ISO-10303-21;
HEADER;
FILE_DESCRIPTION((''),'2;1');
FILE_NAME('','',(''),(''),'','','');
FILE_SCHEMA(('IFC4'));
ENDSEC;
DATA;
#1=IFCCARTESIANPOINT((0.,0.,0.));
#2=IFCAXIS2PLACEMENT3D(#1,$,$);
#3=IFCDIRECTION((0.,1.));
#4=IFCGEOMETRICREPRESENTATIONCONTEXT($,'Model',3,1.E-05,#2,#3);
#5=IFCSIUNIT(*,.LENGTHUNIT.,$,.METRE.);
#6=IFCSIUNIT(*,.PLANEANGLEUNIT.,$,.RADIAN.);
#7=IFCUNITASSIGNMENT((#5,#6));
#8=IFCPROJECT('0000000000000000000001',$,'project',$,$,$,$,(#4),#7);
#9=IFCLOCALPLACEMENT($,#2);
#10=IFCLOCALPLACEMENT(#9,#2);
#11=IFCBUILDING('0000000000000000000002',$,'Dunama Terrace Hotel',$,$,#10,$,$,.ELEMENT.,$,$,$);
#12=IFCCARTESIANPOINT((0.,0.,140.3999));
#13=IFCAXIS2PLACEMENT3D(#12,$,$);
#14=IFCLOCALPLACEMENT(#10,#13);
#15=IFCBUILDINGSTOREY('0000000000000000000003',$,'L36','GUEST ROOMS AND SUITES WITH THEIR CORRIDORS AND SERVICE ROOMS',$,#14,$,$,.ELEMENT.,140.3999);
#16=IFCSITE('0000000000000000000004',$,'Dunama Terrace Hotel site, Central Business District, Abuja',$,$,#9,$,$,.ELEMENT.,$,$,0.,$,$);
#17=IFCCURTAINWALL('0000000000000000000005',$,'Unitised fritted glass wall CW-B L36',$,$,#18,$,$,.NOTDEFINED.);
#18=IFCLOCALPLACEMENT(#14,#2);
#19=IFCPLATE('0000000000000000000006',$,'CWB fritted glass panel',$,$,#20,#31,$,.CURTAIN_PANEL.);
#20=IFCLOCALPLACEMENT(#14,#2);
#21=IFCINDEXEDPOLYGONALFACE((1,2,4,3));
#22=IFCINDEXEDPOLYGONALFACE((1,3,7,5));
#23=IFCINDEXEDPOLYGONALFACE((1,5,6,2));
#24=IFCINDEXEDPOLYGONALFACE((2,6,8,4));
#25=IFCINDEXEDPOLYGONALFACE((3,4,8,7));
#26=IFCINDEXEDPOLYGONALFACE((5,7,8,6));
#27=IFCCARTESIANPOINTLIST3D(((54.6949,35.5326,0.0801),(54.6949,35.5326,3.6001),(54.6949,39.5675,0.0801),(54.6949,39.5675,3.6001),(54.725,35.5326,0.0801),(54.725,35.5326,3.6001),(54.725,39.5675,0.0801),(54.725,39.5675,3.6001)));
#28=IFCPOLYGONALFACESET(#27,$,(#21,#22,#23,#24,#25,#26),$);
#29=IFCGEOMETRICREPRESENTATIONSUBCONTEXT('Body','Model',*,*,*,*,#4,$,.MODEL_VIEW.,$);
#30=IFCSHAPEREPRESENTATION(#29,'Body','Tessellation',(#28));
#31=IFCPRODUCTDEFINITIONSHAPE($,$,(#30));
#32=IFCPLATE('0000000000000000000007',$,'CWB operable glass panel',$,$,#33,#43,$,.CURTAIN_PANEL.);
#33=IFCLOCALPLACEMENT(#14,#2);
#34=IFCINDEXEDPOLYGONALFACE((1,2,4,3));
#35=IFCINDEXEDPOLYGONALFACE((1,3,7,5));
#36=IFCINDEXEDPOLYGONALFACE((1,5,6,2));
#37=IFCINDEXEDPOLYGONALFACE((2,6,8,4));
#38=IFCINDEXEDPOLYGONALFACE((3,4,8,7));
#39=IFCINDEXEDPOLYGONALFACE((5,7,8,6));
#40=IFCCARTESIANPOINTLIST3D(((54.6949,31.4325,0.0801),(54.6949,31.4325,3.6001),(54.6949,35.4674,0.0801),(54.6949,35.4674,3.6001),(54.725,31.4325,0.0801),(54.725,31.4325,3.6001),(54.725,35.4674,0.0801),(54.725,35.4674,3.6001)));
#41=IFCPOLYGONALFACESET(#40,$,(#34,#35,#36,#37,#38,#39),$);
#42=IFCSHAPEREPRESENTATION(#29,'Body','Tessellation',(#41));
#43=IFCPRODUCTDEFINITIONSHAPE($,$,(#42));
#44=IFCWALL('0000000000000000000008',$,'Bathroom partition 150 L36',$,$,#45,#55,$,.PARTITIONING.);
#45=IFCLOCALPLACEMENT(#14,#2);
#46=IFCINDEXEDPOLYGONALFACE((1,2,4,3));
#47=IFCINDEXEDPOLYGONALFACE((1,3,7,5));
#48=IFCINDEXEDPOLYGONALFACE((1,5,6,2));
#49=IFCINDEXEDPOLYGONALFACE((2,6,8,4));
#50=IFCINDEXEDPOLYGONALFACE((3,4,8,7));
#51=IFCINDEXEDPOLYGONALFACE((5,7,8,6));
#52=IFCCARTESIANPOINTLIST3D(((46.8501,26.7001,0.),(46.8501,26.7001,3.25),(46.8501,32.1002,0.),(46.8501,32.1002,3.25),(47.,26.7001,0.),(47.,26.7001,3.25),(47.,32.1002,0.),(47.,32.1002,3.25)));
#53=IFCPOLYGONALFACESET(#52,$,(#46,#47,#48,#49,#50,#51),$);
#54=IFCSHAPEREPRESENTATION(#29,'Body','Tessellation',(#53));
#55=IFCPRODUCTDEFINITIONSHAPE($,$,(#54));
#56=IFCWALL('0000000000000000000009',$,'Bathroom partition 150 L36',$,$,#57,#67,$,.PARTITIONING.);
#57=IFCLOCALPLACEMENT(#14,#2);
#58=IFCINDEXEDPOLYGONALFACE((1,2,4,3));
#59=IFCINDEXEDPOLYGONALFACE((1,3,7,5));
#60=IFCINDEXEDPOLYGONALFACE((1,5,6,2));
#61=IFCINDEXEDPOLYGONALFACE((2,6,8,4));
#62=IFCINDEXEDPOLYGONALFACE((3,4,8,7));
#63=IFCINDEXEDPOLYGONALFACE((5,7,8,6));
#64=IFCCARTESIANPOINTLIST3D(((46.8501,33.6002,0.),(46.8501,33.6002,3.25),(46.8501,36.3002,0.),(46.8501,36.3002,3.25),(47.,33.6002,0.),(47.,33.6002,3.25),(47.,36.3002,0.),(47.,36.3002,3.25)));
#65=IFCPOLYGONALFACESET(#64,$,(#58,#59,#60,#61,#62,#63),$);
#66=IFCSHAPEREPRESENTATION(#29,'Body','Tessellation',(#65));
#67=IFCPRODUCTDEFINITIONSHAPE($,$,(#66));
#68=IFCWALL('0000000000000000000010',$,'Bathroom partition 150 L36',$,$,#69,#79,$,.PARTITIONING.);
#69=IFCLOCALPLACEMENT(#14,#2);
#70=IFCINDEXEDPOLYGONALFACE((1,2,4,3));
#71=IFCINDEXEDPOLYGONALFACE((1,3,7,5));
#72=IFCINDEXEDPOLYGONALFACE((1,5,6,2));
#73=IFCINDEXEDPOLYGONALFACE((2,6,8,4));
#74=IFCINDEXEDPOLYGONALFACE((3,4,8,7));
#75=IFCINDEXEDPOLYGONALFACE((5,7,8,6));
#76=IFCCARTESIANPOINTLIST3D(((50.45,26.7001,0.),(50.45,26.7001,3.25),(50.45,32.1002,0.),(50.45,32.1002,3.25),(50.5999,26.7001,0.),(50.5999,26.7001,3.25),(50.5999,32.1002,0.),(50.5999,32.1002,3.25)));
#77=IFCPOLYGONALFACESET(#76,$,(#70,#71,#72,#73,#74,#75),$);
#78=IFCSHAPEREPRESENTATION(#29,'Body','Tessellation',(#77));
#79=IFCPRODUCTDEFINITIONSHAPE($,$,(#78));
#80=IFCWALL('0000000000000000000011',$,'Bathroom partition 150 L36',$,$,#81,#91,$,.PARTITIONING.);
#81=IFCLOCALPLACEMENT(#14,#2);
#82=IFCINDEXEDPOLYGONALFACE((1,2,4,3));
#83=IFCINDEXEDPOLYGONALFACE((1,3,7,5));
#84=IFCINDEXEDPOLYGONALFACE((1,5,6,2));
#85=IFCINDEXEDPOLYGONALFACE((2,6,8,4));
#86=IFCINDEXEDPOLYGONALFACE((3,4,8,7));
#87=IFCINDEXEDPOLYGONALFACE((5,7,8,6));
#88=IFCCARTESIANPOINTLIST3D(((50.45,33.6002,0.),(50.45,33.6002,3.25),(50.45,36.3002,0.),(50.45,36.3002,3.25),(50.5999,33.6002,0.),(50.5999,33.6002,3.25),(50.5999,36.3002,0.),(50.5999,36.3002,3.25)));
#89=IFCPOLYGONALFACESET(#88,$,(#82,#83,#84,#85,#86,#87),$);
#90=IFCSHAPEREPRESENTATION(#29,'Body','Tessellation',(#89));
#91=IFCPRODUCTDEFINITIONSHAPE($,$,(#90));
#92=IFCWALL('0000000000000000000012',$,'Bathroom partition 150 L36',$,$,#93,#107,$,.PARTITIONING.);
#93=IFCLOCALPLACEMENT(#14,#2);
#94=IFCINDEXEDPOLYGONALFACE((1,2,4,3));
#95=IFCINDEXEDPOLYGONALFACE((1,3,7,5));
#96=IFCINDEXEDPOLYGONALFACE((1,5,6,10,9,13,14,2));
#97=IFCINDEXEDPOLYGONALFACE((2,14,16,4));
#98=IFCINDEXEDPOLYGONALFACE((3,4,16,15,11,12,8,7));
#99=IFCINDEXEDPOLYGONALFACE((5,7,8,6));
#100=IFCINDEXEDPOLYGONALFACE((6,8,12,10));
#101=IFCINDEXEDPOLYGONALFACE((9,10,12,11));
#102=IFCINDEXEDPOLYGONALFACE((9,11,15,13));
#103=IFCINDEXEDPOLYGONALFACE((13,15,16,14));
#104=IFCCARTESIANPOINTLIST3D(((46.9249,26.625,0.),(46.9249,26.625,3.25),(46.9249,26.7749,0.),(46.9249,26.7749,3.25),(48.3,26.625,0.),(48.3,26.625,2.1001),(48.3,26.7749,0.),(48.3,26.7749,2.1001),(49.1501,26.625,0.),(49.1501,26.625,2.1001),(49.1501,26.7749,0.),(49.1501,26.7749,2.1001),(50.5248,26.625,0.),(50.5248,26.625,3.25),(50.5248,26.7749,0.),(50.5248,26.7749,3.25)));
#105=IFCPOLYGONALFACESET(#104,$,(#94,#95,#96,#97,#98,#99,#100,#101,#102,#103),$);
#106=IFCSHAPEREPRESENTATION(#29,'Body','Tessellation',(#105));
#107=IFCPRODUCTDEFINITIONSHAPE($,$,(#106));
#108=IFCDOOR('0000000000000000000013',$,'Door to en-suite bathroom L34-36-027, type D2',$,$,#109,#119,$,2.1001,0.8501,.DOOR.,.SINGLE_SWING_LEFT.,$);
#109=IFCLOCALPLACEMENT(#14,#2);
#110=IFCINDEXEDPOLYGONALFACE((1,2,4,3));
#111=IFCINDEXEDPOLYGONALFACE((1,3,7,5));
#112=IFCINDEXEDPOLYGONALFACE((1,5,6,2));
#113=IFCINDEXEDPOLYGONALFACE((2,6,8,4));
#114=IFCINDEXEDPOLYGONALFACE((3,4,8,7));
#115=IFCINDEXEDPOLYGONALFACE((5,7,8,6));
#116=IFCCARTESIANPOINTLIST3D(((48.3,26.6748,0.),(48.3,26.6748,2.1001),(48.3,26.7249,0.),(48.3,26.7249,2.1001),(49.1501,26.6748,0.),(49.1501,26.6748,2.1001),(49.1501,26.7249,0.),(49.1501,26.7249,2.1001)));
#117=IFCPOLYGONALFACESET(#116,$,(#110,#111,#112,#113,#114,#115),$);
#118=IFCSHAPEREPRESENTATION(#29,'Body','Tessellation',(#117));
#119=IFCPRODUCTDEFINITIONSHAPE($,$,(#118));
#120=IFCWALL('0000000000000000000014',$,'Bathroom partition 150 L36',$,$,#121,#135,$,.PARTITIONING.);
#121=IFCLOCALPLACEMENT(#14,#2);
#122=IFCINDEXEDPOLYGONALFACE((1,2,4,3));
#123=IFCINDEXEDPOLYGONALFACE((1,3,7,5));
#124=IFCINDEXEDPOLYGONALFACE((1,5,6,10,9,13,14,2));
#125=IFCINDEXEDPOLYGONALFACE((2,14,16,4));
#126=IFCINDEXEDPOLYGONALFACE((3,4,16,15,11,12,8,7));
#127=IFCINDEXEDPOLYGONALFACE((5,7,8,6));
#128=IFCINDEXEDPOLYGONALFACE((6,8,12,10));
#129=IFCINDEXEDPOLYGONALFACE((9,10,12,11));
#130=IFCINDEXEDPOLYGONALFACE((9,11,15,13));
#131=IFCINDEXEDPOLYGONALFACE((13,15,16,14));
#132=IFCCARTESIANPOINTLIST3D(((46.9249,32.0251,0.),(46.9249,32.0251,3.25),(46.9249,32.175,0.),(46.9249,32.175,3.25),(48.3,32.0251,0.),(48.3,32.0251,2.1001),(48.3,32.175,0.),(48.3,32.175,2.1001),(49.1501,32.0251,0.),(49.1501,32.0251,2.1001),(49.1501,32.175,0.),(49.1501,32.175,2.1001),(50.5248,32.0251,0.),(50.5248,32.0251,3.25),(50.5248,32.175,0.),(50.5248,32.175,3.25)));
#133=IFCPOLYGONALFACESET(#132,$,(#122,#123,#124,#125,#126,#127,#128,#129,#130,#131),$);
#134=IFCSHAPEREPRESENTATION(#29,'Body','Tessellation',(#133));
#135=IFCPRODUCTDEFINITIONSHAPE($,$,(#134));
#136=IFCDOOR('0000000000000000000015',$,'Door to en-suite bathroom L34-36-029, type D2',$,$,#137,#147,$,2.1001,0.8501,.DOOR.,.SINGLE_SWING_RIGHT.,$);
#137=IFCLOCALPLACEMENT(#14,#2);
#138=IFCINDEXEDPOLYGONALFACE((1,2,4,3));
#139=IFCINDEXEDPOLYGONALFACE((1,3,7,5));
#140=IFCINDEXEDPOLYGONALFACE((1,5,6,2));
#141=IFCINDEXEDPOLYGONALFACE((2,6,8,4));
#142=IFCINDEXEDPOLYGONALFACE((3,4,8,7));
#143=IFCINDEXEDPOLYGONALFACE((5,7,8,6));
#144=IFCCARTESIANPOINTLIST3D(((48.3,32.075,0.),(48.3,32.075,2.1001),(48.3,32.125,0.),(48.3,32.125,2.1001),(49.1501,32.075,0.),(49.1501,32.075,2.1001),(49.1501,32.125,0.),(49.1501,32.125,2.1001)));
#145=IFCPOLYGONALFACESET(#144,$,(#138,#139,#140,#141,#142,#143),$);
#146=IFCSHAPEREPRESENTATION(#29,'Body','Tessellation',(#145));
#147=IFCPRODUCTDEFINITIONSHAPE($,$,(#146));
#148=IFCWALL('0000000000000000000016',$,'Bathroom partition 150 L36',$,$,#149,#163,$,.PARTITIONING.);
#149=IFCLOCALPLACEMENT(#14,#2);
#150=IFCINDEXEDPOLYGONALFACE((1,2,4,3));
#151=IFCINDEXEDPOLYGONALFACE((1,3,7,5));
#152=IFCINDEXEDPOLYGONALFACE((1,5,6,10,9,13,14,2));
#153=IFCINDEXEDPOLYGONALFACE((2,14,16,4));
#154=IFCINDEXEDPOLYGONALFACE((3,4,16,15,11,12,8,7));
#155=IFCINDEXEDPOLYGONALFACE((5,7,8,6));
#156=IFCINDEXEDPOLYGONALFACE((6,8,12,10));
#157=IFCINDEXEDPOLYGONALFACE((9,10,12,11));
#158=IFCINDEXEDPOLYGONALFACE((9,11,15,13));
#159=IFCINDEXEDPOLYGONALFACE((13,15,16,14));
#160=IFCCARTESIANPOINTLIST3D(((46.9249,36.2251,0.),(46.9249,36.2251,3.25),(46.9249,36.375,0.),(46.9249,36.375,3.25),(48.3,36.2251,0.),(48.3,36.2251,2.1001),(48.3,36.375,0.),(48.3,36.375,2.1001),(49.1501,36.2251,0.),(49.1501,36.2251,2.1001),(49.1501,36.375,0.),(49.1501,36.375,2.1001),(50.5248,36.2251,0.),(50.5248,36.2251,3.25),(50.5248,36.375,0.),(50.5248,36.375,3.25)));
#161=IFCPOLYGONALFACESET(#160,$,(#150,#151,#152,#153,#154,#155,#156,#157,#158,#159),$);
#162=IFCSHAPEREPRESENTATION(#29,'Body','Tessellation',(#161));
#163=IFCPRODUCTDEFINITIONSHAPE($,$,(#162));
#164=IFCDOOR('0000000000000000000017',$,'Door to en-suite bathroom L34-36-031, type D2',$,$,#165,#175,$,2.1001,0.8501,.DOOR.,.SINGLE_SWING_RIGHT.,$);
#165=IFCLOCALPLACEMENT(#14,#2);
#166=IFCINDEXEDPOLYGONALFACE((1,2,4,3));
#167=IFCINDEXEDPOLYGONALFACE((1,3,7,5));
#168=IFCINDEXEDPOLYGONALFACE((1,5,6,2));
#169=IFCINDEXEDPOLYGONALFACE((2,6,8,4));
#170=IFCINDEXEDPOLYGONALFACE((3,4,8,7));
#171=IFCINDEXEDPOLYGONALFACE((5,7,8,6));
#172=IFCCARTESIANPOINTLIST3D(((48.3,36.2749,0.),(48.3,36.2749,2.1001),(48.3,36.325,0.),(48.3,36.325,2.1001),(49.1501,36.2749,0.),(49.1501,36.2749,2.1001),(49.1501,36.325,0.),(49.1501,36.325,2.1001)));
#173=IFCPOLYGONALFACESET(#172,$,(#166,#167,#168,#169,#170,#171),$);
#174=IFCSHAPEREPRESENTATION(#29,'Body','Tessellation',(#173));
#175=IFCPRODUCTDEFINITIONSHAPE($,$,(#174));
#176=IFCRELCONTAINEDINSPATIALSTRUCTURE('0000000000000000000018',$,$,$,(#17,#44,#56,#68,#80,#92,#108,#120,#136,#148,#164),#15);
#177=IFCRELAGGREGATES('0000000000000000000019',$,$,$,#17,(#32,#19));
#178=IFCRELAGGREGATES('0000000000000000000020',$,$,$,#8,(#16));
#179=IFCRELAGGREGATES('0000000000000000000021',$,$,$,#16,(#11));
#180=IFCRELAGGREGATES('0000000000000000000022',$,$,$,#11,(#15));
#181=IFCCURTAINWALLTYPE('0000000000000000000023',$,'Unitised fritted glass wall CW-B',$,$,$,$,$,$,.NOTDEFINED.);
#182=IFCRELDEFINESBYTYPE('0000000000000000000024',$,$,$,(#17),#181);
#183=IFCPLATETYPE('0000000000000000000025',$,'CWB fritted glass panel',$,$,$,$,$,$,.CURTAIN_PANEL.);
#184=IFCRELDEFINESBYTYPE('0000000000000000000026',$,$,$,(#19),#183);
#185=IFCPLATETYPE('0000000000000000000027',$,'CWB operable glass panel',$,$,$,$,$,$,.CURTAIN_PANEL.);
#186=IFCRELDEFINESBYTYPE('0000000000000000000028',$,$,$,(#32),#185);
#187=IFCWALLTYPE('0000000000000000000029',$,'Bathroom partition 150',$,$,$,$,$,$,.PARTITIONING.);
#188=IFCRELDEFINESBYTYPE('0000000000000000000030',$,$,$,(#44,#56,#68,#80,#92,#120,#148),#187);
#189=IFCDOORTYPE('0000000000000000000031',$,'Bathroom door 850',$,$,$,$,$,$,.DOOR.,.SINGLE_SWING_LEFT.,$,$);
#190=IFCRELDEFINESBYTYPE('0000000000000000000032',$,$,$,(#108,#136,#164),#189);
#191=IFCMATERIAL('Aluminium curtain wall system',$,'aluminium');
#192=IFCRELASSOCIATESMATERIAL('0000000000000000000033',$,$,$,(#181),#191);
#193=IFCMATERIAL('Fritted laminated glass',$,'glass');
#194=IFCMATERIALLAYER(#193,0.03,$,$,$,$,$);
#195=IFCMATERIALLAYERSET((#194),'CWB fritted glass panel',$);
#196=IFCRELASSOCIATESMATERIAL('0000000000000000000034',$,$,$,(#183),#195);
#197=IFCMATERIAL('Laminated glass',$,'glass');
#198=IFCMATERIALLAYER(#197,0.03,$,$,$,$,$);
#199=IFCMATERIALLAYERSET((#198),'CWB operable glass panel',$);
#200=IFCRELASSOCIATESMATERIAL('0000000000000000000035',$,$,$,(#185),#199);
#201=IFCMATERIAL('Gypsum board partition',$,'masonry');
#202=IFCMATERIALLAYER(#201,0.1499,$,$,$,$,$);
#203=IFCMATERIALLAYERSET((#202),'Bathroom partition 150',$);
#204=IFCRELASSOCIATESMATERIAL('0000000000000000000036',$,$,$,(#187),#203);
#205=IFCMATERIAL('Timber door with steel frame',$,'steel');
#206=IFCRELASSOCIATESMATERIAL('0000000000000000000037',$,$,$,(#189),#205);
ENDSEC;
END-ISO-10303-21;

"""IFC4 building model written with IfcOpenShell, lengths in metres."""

from ifc_helpers import new_model, si_unit, direction, frame, frame_2d, origin, origin_2d, place, context, subcontext, project, spatial, rectangle, extrude, material, layer, layer_set, type_object, element, fill, aggregate, save


model = new_model("IFC4")

# Units and contexts
model_context = context("Model", 3, precision=1e-05, world=origin(), true_north=direction((0.0, 1.0)))
body_context = subcontext(model_context, "Body", "Model", "MODEL_VIEW")
ifc_project = project(units=[si_unit("LENGTHUNIT", "METRE"), si_unit("PLANEANGLEUNIT", "RADIAN")], contexts=[model_context])

# Site, building, storey
site_placement = place(None, origin())
site = spatial("IfcSite", under=ifc_project, at=site_placement, Name="Dunama Terrace Hotel site, Central Business District, Abuja", CompositionType="ELEMENT", RefElevation=0.0)
building_placement = place(site_placement, origin())
building = spatial("IfcBuilding", under=site, at=building_placement, Name="Dunama Terrace Hotel", CompositionType="ELEMENT")
storey_placement = place(building_placement, frame((0.0, 0.0, 140.3999)))
storey = spatial("IfcBuildingStorey", under=building, at=storey_placement, Name="L36", Description="GUEST ROOMS AND SUITES WITH THEIR CORRIDORS AND SERVICE ROOMS", CompositionType="ELEMENT", Elevation=140.3999)

# Curtain wall
ifc_material_1 = material(Name="Aluminium curtain wall system", Category="aluminium")
curtain_wall_type = type_object("IfcCurtainWallType", Name="Unitised fritted glass wall CW-B", PredefinedType="NOTDEFINED", material=ifc_material_1)
curtain_wall_placement = place(storey_placement, origin())
curtain_wall = element("IfcCurtainWall", 1, at=curtain_wall_placement, inside=storey, type_object=curtain_wall_type, Name="Unitised fritted glass wall CW-B L36", PredefinedType="NOTDEFINED")

# Plates
ifc_material_2 = material(Name="Fritted laminated glass", Category="glass")
ifc_layer_1 = layer(ifc_material_2, 0.03)
ifc_layer_set_1 = layer_set([ifc_layer_1], Name="CWB fritted glass panel")
plate_type_1 = type_object("IfcPlateType", Name="CWB fritted glass panel", PredefinedType="CURTAIN_PANEL", material=ifc_layer_set_1)
plate_1_placement = place(storey_placement, frame((54.71, 37.55, 0.0801), z_axis=(0.0, 0.0, 1.0), x_axis=(0.0, 1.0, 0.0)))
plate_1 = element("IfcPlate", 2, at=plate_1_placement, type_object=plate_type_1, Name="CWB fritted glass panel", PredefinedType="CURTAIN_PANEL", context=body_context, shape_type="SweptSolid", body=[
    extrude(rectangle(XDim=4.0349, YDim=0.03, at=origin_2d()), origin(), (0.0, 0.0, 1.0), 3.52),
])
ifc_material_3 = material(Name="Laminated glass", Category="glass")
ifc_layer_2 = layer(ifc_material_3, 0.03)
ifc_layer_set_2 = layer_set([ifc_layer_2], Name="CWB operable glass panel")
plate_type_2 = type_object("IfcPlateType", Name="CWB operable glass panel", PredefinedType="CURTAIN_PANEL", material=ifc_layer_set_2)
plate_2_placement = place(storey_placement, frame((54.71, 33.45, 0.0801), z_axis=(0.0, 0.0, 1.0), x_axis=(0.0, 1.0, 0.0)))
plate_2 = element("IfcPlate", 3, at=plate_2_placement, type_object=plate_type_2, Name="CWB operable glass panel", PredefinedType="CURTAIN_PANEL", context=body_context, shape_type="SweptSolid", body=[
    extrude(rectangle(XDim=4.0349, YDim=0.03, at=origin_2d()), origin(), (0.0, 0.0, 1.0), 3.52),
])
aggregate(curtain_wall, [plate_2, plate_1])

# Walls
ifc_material_4 = material(Name="Gypsum board partition", Category="masonry")
ifc_layer_3 = layer(ifc_material_4, 0.1499)
ifc_layer_set_3 = layer_set([ifc_layer_3], Name="Bathroom partition 150")
wall_type = type_object("IfcWallType", Name="Bathroom partition 150", PredefinedType="PARTITIONING", material=ifc_layer_set_3)
wall_1_placement = place(storey_placement, frame((46.925, 26.7, 0.0), z_axis=(0.0, 0.0, 1.0), x_axis=(0.0, 1.0, 0.0)))
element("IfcWall", 4, at=wall_1_placement, inside=storey, type_object=wall_type, Name="Bathroom partition 150 L36", PredefinedType="PARTITIONING", context=body_context, shape_type="SweptSolid", body=[
    extrude(rectangle(XDim=5.4001, YDim=0.1499, at=frame_2d((2.7002, 0.0))), origin(), (0.0, 0.0, 1.0), 3.25),
])
wall_2_placement = place(storey_placement, frame((46.925, 33.6001, 0.0), z_axis=(0.0, 0.0, 1.0), x_axis=(0.0, 1.0, 0.0)))
element("IfcWall", 5, at=wall_2_placement, inside=storey, type_object=wall_type, Name="Bathroom partition 150 L36", PredefinedType="PARTITIONING", context=body_context, shape_type="SweptSolid", body=[
    extrude(rectangle(XDim=2.7, YDim=0.1499, at=frame_2d((1.3501, 0.0))), origin(), (0.0, 0.0, 1.0), 3.25),
])
wall_3_placement = place(storey_placement, frame((50.5249, 26.7, 0.0), z_axis=(0.0, 0.0, 1.0), x_axis=(0.0, 1.0, 0.0)))
element("IfcWall", 6, at=wall_3_placement, inside=storey, type_object=wall_type, Name="Bathroom partition 150 L36", PredefinedType="PARTITIONING", context=body_context, shape_type="SweptSolid", body=[
    extrude(rectangle(XDim=5.4001, YDim=0.1499, at=frame_2d((2.7002, 0.0))), origin(), (0.0, 0.0, 1.0), 3.25),
])
wall_4_placement = place(storey_placement, frame((50.5249, 33.6001, 0.0), z_axis=(0.0, 0.0, 1.0), x_axis=(0.0, 1.0, 0.0)))
element("IfcWall", 7, at=wall_4_placement, inside=storey, type_object=wall_type, Name="Bathroom partition 150 L36", PredefinedType="PARTITIONING", context=body_context, shape_type="SweptSolid", body=[
    extrude(rectangle(XDim=2.7, YDim=0.1499, at=frame_2d((1.3501, 0.0))), origin(), (0.0, 0.0, 1.0), 3.25),
])

# Walls, openings, doors
wall_5_placement = place(storey_placement, frame((46.925, 26.7, 0.0), z_axis=(0.0, 0.0, 1.0), x_axis=(1.0, 0.0, 0.0)))
wall_5 = element("IfcWall", 8, at=wall_5_placement, inside=storey, type_object=wall_type, Name="Bathroom partition 150 L36", PredefinedType="PARTITIONING", context=body_context, shape_type="SweptSolid", body=[
    extrude(rectangle(XDim=3.5999, YDim=0.1499, at=frame_2d((1.7998, 0.0))), origin(), (0.0, 0.0, 1.0), 3.25),
])
opening_1_placement = place(wall_5_placement, frame((1.375, 0.0, 0.0)))
opening_1 = element("IfcOpeningElement", 9, at=opening_1_placement, cuts=wall_5, PredefinedType="OPENING", context=body_context, shape_type="SweptSolid", body=[
    extrude(rectangle(XDim=0.8501, YDim=2.1001, at=frame_2d((0.425, 1.05))), frame((0.0, 0.085, 0.0), z_axis=(0.0, -1.0, 0.0), x_axis=(1.0, 0.0, 0.0)), (0.0, 0.0, 1.0), 0.1699),
])
ifc_material_5 = material(Name="Timber door with steel frame", Category="steel")
door_type = type_object("IfcDoorType", Name="Bathroom door 850", OperationType="SINGLE_SWING_LEFT", PredefinedType="DOOR", material=ifc_material_5)
door_1_placement = place(opening_1_placement, origin())
door_1 = element("IfcDoor", 10, at=door_1_placement, inside=storey, type_object=door_type, Name="Door to en-suite bathroom L34-36-027, type D2", OperationType="SINGLE_SWING_LEFT", OverallHeight=2.1001, OverallWidth=0.8501, PredefinedType="DOOR", context=body_context, shape_type="SweptSolid", body=[
    extrude(rectangle(XDim=0.8501, YDim=2.1001, at=frame_2d((0.425, 1.05))), frame((0.0, 0.0249, 0.0), z_axis=(0.0, -1.0, 0.0), x_axis=(1.0, 0.0, 0.0)), (0.0, 0.0, 1.0), 0.05),
])
fill(opening_1, door_1)
wall_6_placement = place(storey_placement, frame((46.925, 32.1001, 0.0), z_axis=(0.0, 0.0, 1.0), x_axis=(1.0, 0.0, 0.0)))
wall_6 = element("IfcWall", 11, at=wall_6_placement, inside=storey, type_object=wall_type, Name="Bathroom partition 150 L36", PredefinedType="PARTITIONING", context=body_context, shape_type="SweptSolid", body=[
    extrude(rectangle(XDim=3.5999, YDim=0.1499, at=frame_2d((1.7998, 0.0))), origin(), (0.0, 0.0, 1.0), 3.25),
])
opening_2_placement = place(wall_6_placement, frame((1.375, 0.0, 0.0)))
opening_2 = element("IfcOpeningElement", 12, at=opening_2_placement, cuts=wall_6, PredefinedType="OPENING", context=body_context, shape_type="SweptSolid", body=[
    extrude(rectangle(XDim=0.8501, YDim=2.1001, at=frame_2d((0.425, 1.05))), frame((0.0, 0.085, 0.0), z_axis=(0.0, -1.0, 0.0), x_axis=(1.0, 0.0, 0.0)), (0.0, 0.0, 1.0), 0.1699),
])
door_2_placement = place(opening_2_placement, frame((0.8501, 0.0, 0.0), z_axis=(0.0, 0.0, 1.0), x_axis=(-1.0, 0.0, 0.0)))
door_2 = element("IfcDoor", 13, at=door_2_placement, inside=storey, type_object=door_type, Name="Door to en-suite bathroom L34-36-029, type D2", OperationType="SINGLE_SWING_RIGHT", OverallHeight=2.1001, OverallWidth=0.8501, PredefinedType="DOOR", context=body_context, shape_type="SweptSolid", body=[
    extrude(rectangle(XDim=0.8501, YDim=2.1001, at=frame_2d((0.425, 1.05))), frame((0.0, 0.0251, 0.0), z_axis=(0.0, -1.0, 0.0), x_axis=(1.0, 0.0, 0.0)), (0.0, 0.0, 1.0), 0.05),
])
fill(opening_2, door_2)
wall_7_placement = place(storey_placement, frame((46.925, 36.3, 0.0), z_axis=(0.0, 0.0, 1.0), x_axis=(1.0, 0.0, 0.0)))
wall_7 = element("IfcWall", 14, at=wall_7_placement, inside=storey, type_object=wall_type, Name="Bathroom partition 150 L36", PredefinedType="PARTITIONING", context=body_context, shape_type="SweptSolid", body=[
    extrude(rectangle(XDim=3.5999, YDim=0.1499, at=frame_2d((1.7998, 0.0))), origin(), (0.0, 0.0, 1.0), 3.25),
])
opening_3_placement = place(wall_7_placement, frame((1.375, 0.0, 0.0)))
opening_3 = element("IfcOpeningElement", 15, at=opening_3_placement, cuts=wall_7, PredefinedType="OPENING", context=body_context, shape_type="SweptSolid", body=[
    extrude(rectangle(XDim=0.8501, YDim=2.1001, at=frame_2d((0.425, 1.05))), frame((0.0, 0.085, 0.0), z_axis=(0.0, -1.0, 0.0), x_axis=(1.0, 0.0, 0.0)), (0.0, 0.0, 1.0), 0.1699),
])
door_3_placement = place(opening_3_placement, frame((0.8501, 0.0, 0.0), z_axis=(0.0, 0.0, 1.0), x_axis=(-1.0, 0.0, 0.0)))
door_3 = element("IfcDoor", 16, at=door_3_placement, inside=storey, type_object=door_type, Name="Door to en-suite bathroom L34-36-031, type D2", OperationType="SINGLE_SWING_RIGHT", OverallHeight=2.1001, OverallWidth=0.8501, PredefinedType="DOOR", context=body_context, shape_type="SweptSolid", body=[
    extrude(rectangle(XDim=0.8501, YDim=2.1001, at=frame_2d((0.425, 1.05))), frame((0.0, 0.0251, 0.0), z_axis=(0.0, -1.0, 0.0), x_axis=(1.0, 0.0, 0.0)), (0.0, 0.0, 1.0), 0.05),
])
fill(opening_3, door_3)

save(model, "model.ifc")
